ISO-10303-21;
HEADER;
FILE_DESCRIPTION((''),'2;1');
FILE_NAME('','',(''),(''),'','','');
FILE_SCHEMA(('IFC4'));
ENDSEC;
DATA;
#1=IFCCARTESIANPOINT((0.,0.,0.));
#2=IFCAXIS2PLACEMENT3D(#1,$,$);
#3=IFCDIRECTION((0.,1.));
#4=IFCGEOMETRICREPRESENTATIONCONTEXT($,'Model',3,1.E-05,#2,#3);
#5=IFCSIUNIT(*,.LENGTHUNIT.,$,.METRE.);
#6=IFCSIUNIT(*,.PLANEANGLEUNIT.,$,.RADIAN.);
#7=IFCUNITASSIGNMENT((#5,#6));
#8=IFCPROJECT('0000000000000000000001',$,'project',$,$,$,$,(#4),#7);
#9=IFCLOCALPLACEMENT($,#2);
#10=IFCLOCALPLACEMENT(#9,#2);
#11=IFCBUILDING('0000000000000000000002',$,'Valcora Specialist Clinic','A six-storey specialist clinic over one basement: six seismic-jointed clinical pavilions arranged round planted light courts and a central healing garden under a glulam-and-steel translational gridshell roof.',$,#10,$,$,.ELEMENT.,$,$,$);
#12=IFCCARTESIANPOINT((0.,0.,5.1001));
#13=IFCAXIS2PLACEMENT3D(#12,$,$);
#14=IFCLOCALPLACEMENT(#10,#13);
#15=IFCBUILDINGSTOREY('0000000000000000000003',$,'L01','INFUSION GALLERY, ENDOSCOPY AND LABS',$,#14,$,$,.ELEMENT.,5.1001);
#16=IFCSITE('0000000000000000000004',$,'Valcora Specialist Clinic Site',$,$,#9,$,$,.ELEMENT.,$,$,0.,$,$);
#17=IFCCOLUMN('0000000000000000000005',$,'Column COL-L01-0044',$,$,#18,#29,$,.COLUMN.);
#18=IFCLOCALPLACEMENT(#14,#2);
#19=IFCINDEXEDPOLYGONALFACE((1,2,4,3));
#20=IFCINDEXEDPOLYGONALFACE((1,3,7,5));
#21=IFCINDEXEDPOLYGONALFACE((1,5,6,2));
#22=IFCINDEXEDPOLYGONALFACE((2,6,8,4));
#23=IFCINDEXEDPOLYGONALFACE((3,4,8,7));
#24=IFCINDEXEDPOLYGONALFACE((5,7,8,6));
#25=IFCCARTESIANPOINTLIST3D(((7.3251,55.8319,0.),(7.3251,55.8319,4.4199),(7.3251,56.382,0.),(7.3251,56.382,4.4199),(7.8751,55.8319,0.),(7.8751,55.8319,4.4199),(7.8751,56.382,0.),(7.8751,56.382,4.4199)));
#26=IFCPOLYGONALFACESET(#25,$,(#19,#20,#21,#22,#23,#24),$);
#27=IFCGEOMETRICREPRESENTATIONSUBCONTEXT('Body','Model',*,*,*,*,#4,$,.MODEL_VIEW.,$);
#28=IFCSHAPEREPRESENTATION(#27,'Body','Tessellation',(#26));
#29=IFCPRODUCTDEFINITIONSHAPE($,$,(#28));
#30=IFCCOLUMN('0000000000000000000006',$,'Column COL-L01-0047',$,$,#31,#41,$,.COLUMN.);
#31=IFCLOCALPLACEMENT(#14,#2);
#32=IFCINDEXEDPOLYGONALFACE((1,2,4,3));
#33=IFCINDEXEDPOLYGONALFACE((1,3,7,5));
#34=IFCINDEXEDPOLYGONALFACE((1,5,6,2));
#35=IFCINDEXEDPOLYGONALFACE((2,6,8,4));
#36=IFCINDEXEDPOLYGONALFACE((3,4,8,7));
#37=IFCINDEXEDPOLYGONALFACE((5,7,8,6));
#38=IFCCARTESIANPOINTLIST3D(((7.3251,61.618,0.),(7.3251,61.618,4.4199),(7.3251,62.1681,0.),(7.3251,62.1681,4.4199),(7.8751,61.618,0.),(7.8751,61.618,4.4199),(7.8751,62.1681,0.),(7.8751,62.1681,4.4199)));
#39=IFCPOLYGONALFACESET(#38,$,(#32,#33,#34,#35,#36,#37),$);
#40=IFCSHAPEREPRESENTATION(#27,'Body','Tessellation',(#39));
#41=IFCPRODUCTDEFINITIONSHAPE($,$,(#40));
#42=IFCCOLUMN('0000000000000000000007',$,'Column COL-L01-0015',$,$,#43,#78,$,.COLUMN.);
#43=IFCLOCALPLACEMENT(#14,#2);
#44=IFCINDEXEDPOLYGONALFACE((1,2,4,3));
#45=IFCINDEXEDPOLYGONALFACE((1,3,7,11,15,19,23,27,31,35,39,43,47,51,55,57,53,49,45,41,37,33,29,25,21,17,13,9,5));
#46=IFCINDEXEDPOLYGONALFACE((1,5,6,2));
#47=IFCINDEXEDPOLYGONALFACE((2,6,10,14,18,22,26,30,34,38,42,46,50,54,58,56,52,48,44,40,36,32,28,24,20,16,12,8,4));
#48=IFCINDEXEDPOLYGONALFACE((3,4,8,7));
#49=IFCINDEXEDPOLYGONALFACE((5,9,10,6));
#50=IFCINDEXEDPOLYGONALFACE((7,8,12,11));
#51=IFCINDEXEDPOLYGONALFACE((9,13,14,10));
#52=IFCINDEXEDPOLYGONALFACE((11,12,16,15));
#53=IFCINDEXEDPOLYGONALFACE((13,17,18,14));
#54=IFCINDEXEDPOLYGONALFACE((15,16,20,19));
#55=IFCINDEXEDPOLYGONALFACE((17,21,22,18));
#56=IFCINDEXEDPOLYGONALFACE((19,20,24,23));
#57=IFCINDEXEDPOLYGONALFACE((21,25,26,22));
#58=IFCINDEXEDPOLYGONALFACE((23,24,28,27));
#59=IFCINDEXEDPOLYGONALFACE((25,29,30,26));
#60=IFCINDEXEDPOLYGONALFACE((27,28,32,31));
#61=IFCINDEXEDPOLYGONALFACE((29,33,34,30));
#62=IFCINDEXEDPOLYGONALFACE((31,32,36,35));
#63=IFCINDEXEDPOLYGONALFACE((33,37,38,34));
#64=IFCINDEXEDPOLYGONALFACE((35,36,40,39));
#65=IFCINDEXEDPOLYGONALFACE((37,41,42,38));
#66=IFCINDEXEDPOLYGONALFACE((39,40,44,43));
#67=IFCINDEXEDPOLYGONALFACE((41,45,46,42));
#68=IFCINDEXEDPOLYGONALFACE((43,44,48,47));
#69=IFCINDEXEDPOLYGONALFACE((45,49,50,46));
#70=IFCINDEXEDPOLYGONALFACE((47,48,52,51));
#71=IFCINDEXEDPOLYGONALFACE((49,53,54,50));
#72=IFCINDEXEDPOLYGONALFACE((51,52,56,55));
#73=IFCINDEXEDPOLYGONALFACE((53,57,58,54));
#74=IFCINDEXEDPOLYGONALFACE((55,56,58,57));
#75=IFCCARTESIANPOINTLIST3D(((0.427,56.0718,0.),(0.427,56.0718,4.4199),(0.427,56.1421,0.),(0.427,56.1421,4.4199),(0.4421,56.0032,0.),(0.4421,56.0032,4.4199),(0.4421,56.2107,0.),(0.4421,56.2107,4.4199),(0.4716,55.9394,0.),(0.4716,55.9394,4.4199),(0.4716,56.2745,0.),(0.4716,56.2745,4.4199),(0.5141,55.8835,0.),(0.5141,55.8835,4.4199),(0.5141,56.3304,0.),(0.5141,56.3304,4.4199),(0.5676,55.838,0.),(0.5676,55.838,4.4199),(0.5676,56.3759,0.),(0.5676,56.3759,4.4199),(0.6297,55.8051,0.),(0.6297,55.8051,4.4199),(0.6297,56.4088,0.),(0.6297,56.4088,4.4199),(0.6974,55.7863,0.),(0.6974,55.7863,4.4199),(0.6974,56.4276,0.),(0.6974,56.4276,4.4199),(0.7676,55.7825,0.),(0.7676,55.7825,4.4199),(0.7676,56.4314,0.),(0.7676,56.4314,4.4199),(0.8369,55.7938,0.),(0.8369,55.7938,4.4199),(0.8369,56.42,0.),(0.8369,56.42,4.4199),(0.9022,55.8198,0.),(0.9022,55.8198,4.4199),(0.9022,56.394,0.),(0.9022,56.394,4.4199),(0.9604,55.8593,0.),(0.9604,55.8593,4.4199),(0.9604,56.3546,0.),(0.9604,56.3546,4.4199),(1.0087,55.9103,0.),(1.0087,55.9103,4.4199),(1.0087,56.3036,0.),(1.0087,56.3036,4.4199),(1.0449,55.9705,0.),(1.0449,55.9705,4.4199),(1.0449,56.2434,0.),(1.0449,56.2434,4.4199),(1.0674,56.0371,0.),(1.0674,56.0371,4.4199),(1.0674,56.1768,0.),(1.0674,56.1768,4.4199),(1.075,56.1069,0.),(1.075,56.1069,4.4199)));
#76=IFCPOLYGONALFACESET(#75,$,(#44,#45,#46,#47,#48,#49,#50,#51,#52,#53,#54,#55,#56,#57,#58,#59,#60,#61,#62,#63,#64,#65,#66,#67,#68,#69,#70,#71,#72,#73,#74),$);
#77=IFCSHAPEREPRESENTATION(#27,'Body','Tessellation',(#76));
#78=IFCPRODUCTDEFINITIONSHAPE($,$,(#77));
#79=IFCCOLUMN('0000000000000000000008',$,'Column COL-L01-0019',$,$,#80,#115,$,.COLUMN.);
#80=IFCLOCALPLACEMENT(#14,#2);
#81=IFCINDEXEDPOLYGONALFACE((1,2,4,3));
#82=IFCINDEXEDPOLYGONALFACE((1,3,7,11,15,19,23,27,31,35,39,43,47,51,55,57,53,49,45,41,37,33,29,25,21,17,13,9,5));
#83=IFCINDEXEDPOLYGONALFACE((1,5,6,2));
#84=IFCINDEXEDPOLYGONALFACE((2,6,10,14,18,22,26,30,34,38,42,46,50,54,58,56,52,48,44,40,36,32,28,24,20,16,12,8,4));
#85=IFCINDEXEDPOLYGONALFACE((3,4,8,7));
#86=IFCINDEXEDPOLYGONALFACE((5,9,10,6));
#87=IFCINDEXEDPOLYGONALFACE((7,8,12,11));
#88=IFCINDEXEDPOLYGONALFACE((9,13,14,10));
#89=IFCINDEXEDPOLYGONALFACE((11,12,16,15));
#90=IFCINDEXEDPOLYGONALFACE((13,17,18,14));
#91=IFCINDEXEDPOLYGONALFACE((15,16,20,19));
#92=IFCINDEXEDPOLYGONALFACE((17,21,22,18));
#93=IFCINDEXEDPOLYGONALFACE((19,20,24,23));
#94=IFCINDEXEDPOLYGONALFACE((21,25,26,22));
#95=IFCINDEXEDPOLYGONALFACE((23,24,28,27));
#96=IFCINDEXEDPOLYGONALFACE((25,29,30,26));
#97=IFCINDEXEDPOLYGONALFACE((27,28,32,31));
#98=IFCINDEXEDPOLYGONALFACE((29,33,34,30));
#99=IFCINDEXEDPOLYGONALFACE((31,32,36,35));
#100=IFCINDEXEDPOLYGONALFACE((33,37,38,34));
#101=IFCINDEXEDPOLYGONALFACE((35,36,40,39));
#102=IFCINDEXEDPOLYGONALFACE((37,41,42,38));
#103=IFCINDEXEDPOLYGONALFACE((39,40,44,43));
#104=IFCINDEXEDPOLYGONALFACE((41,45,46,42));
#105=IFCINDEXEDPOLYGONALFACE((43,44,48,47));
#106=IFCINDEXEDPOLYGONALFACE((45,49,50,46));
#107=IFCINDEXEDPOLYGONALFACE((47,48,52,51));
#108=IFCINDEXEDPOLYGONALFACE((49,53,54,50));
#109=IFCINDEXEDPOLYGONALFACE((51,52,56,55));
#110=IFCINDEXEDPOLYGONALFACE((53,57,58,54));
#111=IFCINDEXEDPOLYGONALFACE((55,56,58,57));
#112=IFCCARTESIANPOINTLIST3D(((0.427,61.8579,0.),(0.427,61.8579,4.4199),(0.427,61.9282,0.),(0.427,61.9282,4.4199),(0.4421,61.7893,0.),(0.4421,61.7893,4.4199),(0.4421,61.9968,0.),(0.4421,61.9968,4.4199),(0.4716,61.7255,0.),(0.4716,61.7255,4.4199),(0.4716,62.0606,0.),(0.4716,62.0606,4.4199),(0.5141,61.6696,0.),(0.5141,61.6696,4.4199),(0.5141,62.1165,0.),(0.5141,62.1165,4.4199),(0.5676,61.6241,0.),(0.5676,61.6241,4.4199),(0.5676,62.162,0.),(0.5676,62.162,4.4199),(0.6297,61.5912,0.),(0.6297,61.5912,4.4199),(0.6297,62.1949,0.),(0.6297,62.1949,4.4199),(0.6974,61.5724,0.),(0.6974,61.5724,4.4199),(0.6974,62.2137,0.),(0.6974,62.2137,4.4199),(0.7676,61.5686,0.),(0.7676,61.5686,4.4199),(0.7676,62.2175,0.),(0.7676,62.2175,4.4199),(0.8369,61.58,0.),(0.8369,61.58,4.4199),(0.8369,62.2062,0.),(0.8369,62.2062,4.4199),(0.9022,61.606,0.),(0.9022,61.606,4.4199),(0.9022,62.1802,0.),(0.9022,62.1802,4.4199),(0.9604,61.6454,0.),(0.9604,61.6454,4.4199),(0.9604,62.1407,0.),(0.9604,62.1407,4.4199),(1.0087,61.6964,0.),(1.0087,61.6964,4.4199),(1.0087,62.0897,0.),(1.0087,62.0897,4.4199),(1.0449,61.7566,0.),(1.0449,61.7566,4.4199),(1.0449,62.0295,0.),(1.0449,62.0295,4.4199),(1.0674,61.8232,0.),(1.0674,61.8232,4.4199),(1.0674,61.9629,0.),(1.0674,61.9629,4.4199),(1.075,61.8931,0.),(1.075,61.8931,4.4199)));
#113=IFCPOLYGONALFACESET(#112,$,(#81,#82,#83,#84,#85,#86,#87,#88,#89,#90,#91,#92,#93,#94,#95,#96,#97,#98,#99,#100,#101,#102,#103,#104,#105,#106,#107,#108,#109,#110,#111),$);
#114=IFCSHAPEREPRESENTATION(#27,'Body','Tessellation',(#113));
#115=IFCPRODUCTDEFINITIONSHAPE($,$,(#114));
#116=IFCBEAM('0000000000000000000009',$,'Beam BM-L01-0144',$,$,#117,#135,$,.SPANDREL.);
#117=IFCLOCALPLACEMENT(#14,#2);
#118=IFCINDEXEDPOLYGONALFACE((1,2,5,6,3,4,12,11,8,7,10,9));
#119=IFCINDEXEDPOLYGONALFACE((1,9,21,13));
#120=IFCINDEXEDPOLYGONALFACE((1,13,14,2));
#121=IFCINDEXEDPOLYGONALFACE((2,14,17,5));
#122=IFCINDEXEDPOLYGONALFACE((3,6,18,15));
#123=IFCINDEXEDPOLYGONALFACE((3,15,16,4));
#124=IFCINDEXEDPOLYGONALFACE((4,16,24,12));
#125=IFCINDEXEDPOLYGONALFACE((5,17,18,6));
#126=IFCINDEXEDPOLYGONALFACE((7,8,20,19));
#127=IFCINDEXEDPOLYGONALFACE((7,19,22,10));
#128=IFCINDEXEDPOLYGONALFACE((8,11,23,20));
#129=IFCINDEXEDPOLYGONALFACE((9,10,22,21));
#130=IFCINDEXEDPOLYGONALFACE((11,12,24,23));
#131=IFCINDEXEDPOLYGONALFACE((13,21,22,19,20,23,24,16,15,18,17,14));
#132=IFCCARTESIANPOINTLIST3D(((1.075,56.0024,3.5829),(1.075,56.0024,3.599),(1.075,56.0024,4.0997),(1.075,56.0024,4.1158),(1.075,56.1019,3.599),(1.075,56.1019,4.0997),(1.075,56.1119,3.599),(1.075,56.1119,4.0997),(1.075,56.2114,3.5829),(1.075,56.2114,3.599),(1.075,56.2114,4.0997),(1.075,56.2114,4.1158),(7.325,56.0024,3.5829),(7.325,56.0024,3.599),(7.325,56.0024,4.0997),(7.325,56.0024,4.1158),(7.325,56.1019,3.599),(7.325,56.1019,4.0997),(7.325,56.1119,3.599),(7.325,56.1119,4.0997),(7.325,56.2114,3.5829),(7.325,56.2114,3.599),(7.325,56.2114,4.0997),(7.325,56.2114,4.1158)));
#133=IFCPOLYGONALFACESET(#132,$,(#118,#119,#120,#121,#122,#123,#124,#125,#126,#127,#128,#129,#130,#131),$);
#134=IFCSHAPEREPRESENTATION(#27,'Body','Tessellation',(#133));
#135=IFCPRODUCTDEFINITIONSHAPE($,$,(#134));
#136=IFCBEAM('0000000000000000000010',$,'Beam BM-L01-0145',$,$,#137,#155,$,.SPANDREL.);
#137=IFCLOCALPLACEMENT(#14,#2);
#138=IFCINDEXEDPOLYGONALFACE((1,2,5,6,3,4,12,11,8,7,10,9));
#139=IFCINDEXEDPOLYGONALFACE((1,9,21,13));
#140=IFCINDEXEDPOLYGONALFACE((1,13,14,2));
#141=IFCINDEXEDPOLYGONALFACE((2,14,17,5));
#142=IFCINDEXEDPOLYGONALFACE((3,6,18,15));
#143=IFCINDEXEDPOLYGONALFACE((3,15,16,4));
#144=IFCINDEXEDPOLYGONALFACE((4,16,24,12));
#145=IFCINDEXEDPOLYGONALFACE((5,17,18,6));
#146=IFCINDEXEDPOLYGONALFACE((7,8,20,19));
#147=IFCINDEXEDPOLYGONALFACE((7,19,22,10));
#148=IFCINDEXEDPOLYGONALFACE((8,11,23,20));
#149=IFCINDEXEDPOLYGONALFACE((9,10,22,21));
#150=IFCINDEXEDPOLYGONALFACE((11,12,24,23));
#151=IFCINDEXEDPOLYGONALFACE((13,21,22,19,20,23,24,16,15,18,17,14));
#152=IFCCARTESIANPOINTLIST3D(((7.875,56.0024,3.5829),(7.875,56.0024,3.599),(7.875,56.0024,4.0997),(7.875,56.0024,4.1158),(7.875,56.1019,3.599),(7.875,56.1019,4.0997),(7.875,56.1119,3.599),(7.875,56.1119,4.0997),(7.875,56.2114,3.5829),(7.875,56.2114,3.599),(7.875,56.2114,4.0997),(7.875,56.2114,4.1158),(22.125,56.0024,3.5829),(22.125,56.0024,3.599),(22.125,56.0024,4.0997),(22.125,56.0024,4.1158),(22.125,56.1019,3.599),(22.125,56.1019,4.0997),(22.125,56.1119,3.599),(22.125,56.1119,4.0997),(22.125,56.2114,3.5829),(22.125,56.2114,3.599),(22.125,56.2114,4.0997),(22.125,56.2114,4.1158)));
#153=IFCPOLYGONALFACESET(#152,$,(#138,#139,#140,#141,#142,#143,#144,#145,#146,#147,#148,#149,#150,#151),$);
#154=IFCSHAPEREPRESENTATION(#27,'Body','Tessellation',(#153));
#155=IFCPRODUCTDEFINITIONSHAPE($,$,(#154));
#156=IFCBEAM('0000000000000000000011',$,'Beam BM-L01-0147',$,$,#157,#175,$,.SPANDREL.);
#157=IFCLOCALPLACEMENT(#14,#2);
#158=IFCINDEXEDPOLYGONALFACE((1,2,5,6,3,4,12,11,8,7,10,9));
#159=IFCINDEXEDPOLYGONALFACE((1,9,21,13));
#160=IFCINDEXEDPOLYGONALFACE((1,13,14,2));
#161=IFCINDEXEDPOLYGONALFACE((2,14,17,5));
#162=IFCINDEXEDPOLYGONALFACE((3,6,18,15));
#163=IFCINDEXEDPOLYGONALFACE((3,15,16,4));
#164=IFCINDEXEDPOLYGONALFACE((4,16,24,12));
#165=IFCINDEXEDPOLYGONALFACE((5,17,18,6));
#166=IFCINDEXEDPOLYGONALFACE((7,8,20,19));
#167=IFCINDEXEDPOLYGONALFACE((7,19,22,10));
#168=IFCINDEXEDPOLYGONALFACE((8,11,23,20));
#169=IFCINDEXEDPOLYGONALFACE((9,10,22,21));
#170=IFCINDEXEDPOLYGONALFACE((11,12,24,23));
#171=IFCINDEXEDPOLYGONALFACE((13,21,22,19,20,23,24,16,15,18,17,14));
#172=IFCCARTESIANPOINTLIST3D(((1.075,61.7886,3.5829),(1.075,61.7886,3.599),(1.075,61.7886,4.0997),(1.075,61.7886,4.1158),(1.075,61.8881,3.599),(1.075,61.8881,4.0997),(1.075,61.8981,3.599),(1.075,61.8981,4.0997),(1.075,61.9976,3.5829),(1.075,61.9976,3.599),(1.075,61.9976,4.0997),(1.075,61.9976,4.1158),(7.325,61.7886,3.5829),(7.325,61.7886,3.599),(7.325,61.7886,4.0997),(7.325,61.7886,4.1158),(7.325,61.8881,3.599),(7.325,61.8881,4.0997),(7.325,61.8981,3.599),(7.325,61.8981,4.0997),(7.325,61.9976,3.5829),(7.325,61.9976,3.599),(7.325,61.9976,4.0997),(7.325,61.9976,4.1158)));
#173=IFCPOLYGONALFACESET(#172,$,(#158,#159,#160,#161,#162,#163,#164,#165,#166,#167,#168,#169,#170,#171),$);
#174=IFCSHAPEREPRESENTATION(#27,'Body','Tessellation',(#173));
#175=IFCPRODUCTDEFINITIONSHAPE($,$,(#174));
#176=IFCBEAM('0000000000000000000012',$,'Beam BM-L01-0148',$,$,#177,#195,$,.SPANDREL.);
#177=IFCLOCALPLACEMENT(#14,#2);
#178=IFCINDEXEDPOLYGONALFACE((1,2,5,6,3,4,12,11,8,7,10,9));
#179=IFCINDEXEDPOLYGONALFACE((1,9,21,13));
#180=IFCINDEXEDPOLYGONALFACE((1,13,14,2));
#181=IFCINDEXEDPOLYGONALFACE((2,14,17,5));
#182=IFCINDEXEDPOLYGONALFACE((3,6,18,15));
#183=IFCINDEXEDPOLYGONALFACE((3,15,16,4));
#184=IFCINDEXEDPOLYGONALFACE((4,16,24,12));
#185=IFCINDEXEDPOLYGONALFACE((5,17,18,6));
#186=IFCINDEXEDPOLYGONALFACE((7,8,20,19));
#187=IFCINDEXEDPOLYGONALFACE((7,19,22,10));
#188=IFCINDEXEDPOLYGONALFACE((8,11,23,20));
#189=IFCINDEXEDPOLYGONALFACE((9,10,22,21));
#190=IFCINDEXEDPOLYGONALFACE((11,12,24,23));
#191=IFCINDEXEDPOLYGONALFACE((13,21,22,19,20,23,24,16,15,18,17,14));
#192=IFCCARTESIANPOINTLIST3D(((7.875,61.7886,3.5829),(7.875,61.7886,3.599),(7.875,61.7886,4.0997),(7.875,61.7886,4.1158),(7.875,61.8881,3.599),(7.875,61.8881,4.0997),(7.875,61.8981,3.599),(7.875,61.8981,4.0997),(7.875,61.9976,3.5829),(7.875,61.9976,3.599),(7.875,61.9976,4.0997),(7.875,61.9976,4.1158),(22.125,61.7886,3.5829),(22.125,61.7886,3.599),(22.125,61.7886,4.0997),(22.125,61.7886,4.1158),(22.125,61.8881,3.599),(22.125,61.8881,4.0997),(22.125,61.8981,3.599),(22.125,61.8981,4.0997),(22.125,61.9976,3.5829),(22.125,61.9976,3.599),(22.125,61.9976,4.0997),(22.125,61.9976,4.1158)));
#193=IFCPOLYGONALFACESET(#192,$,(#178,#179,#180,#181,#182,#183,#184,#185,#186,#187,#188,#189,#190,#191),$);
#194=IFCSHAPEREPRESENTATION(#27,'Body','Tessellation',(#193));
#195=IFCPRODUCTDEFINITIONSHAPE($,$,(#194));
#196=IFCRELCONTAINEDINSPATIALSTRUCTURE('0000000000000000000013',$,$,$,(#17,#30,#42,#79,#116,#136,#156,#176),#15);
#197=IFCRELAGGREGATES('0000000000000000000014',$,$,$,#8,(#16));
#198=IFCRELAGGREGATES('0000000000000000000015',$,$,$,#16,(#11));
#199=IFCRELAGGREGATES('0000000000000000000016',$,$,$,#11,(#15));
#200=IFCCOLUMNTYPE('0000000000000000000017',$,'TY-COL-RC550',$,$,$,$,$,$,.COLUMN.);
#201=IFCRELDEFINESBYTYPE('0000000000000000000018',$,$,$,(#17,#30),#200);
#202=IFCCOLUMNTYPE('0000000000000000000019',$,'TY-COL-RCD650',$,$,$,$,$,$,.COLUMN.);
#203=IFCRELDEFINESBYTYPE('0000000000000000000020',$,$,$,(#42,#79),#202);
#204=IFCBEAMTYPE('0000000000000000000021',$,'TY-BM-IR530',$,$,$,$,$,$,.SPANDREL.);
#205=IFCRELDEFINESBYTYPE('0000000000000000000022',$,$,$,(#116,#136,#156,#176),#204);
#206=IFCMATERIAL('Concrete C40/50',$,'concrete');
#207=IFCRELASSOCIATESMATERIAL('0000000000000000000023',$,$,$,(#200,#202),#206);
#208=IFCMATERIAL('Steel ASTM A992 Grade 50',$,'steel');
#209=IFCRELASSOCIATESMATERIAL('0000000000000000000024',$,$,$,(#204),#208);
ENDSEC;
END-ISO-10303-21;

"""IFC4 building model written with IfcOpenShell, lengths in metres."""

from ifc_helpers import new_model, si_unit, direction, frame, origin, origin_2d, place, context, subcontext, project, spatial, rectangle, circle, i_section, extrude, material, material_profile, profile_set, type_object, element, save


model = new_model("IFC4")

# Units and contexts
model_context = context("Model", 3, precision=1e-05, world=origin(), true_north=direction((0.0, 1.0)))
body_context = subcontext(model_context, "Body", "Model", "MODEL_VIEW")
ifc_project = project(units=[si_unit("LENGTHUNIT", "METRE"), si_unit("PLANEANGLEUNIT", "RADIAN")], contexts=[model_context])

# Site, building, storey
site_placement = place(None, origin())
site = spatial("IfcSite", under=ifc_project, at=site_placement, Name="Valcora Specialist Clinic Site", CompositionType="ELEMENT", RefElevation=0.0)
building_placement = place(site_placement, origin())
building = spatial("IfcBuilding", under=site, at=building_placement, Name="Valcora Specialist Clinic", Description="A six-storey specialist clinic over one basement: six seismic-jointed clinical pavilions arranged round planted light courts and a central healing garden under a glulam-and-steel translational gridshell roof.", CompositionType="ELEMENT")
storey_placement = place(building_placement, frame((0.0, 0.0, 5.1001)))
storey = spatial("IfcBuildingStorey", under=building, at=storey_placement, Name="L01", Description="INFUSION GALLERY, ENDOSCOPY AND LABS", CompositionType="ELEMENT", Elevation=5.1001)

# Columns
ifc_material_1 = material(Name="Concrete C40/50", Category="concrete")
ifc_material_profile_1 = material_profile(ifc_material_1, rectangle(XDim=0.55, YDim=0.55, at=origin_2d()), Name="RC-COL-550X550")
ifc_profile_set_1 = profile_set([ifc_material_profile_1], Name="Concrete C40/50")
column_type_1 = type_object("IfcColumnType", Name="TY-COL-RC550", PredefinedType="COLUMN", material=ifc_profile_set_1)
for number, where, z_axis, x_axis, name in (
    (1, (7.6001, 56.1069, 0.0), (0.0, 0.0, 1.0), (1.0, 0.0, 0.0), "Column COL-L01-0044"),
    (2, (7.6001, 61.8931, 0.0), (0.0, 0.0, 1.0), (1.0, 0.0, 0.0), "Column COL-L01-0047"),
):
    element("IfcColumn", number, at=place(storey_placement, frame(where, z_axis=z_axis, x_axis=x_axis)), inside=storey, type_object=column_type_1, Name=name, PredefinedType="COLUMN", context=body_context, shape_type="SweptSolid", body=[
        extrude(rectangle(XDim=0.55, YDim=0.55, at=origin_2d()), origin(), (0.0, 0.0, 1.0), 4.4199),
    ])
ifc_material_profile_2 = material_profile(ifc_material_1, circle(Radius=0.325, at=origin_2d()), Name="RC-COL-D650")
ifc_profile_set_2 = profile_set([ifc_material_profile_2], Name="Concrete C40/50")
column_type_2 = type_object("IfcColumnType", Name="TY-COL-RCD650", PredefinedType="COLUMN", material=ifc_profile_set_2)
for number, where, z_axis, x_axis, name in (
    (3, (0.75, 56.1069, 0.0), (0.0, 0.0, 1.0), (1.0, 0.0, 0.0), "Column COL-L01-0015"),
    (4, (0.75, 61.8931, 0.0), (0.0, 0.0, 1.0), (1.0, 0.0, 0.0), "Column COL-L01-0019"),
):
    element("IfcColumn", number, at=place(storey_placement, frame(where, z_axis=z_axis, x_axis=x_axis)), inside=storey, type_object=column_type_2, Name=name, PredefinedType="COLUMN", context=body_context, shape_type="SweptSolid", body=[
        extrude(circle(Radius=0.325, at=origin_2d()), origin(), (0.0, 0.0, 1.0), 4.4199),
    ])

# Beams
ifc_material_2 = material(Name="Steel ASTM A992 Grade 50", Category="steel")
ifc_material_profile_3 = material_profile(ifc_material_2, i_section(OverallWidth=0.209, OverallDepth=0.533, WebThickness=0.01, FlangeThickness=0.0161, at=origin_2d()), Name="ST-IR-530X210")
ifc_profile_set_3 = profile_set([ifc_material_profile_3], Name="Steel ASTM A992 Grade 50")
beam_type_1 = type_object("IfcBeamType", Name="TY-BM-IR530", PredefinedType="SPANDREL", material=ifc_profile_set_3)
beam_1_placement = place(storey_placement, frame((1.075, 56.1069, 3.8494), z_axis=(1.0, 0.0, 0.0), x_axis=(0.0, 1.0, 0.0)))
element("IfcBeam", 5, at=beam_1_placement, inside=storey, type_object=beam_type_1, Name="Beam BM-L01-0144", PredefinedType="SPANDREL", context=body_context, shape_type="SweptSolid", body=[
    extrude(i_section(OverallWidth=0.209, OverallDepth=0.533, WebThickness=0.01, FlangeThickness=0.0161, at=origin_2d()), origin(), (0.0, 0.0, 1.0), 6.25),
])
beam_2_placement = place(storey_placement, frame((7.875, 56.1069, 3.8494), z_axis=(1.0, 0.0, 0.0), x_axis=(0.0, 1.0, 0.0)))
element("IfcBeam", 6, at=beam_2_placement, inside=storey, type_object=beam_type_1, Name="Beam BM-L01-0145", PredefinedType="SPANDREL", context=body_context, shape_type="SweptSolid", body=[
    extrude(i_section(OverallWidth=0.209, OverallDepth=0.533, WebThickness=0.01, FlangeThickness=0.0161, at=origin_2d()), origin(), (0.0, 0.0, 1.0), 14.25),
])
beam_3_placement = place(storey_placement, frame((1.075, 61.8931, 3.8494), z_axis=(1.0, 0.0, 0.0), x_axis=(0.0, 1.0, 0.0)))
element("IfcBeam", 7, at=beam_3_placement, inside=storey, type_object=beam_type_1, Name="Beam BM-L01-0147", PredefinedType="SPANDREL", context=body_context, shape_type="SweptSolid", body=[
    extrude(i_section(OverallWidth=0.209, OverallDepth=0.533, WebThickness=0.01, FlangeThickness=0.0161, at=origin_2d()), origin(), (0.0, 0.0, 1.0), 6.25),
])
beam_4_placement = place(storey_placement, frame((7.875, 61.8931, 3.8494), z_axis=(1.0, 0.0, 0.0), x_axis=(0.0, 1.0, 0.0)))
element("IfcBeam", 8, at=beam_4_placement, inside=storey, type_object=beam_type_1, Name="Beam BM-L01-0148", PredefinedType="SPANDREL", context=body_context, shape_type="SweptSolid", body=[
    extrude(i_section(OverallWidth=0.209, OverallDepth=0.533, WebThickness=0.01, FlangeThickness=0.0161, at=origin_2d()), origin(), (0.0, 0.0, 1.0), 14.25),
])

save(model, "model.ifc")
